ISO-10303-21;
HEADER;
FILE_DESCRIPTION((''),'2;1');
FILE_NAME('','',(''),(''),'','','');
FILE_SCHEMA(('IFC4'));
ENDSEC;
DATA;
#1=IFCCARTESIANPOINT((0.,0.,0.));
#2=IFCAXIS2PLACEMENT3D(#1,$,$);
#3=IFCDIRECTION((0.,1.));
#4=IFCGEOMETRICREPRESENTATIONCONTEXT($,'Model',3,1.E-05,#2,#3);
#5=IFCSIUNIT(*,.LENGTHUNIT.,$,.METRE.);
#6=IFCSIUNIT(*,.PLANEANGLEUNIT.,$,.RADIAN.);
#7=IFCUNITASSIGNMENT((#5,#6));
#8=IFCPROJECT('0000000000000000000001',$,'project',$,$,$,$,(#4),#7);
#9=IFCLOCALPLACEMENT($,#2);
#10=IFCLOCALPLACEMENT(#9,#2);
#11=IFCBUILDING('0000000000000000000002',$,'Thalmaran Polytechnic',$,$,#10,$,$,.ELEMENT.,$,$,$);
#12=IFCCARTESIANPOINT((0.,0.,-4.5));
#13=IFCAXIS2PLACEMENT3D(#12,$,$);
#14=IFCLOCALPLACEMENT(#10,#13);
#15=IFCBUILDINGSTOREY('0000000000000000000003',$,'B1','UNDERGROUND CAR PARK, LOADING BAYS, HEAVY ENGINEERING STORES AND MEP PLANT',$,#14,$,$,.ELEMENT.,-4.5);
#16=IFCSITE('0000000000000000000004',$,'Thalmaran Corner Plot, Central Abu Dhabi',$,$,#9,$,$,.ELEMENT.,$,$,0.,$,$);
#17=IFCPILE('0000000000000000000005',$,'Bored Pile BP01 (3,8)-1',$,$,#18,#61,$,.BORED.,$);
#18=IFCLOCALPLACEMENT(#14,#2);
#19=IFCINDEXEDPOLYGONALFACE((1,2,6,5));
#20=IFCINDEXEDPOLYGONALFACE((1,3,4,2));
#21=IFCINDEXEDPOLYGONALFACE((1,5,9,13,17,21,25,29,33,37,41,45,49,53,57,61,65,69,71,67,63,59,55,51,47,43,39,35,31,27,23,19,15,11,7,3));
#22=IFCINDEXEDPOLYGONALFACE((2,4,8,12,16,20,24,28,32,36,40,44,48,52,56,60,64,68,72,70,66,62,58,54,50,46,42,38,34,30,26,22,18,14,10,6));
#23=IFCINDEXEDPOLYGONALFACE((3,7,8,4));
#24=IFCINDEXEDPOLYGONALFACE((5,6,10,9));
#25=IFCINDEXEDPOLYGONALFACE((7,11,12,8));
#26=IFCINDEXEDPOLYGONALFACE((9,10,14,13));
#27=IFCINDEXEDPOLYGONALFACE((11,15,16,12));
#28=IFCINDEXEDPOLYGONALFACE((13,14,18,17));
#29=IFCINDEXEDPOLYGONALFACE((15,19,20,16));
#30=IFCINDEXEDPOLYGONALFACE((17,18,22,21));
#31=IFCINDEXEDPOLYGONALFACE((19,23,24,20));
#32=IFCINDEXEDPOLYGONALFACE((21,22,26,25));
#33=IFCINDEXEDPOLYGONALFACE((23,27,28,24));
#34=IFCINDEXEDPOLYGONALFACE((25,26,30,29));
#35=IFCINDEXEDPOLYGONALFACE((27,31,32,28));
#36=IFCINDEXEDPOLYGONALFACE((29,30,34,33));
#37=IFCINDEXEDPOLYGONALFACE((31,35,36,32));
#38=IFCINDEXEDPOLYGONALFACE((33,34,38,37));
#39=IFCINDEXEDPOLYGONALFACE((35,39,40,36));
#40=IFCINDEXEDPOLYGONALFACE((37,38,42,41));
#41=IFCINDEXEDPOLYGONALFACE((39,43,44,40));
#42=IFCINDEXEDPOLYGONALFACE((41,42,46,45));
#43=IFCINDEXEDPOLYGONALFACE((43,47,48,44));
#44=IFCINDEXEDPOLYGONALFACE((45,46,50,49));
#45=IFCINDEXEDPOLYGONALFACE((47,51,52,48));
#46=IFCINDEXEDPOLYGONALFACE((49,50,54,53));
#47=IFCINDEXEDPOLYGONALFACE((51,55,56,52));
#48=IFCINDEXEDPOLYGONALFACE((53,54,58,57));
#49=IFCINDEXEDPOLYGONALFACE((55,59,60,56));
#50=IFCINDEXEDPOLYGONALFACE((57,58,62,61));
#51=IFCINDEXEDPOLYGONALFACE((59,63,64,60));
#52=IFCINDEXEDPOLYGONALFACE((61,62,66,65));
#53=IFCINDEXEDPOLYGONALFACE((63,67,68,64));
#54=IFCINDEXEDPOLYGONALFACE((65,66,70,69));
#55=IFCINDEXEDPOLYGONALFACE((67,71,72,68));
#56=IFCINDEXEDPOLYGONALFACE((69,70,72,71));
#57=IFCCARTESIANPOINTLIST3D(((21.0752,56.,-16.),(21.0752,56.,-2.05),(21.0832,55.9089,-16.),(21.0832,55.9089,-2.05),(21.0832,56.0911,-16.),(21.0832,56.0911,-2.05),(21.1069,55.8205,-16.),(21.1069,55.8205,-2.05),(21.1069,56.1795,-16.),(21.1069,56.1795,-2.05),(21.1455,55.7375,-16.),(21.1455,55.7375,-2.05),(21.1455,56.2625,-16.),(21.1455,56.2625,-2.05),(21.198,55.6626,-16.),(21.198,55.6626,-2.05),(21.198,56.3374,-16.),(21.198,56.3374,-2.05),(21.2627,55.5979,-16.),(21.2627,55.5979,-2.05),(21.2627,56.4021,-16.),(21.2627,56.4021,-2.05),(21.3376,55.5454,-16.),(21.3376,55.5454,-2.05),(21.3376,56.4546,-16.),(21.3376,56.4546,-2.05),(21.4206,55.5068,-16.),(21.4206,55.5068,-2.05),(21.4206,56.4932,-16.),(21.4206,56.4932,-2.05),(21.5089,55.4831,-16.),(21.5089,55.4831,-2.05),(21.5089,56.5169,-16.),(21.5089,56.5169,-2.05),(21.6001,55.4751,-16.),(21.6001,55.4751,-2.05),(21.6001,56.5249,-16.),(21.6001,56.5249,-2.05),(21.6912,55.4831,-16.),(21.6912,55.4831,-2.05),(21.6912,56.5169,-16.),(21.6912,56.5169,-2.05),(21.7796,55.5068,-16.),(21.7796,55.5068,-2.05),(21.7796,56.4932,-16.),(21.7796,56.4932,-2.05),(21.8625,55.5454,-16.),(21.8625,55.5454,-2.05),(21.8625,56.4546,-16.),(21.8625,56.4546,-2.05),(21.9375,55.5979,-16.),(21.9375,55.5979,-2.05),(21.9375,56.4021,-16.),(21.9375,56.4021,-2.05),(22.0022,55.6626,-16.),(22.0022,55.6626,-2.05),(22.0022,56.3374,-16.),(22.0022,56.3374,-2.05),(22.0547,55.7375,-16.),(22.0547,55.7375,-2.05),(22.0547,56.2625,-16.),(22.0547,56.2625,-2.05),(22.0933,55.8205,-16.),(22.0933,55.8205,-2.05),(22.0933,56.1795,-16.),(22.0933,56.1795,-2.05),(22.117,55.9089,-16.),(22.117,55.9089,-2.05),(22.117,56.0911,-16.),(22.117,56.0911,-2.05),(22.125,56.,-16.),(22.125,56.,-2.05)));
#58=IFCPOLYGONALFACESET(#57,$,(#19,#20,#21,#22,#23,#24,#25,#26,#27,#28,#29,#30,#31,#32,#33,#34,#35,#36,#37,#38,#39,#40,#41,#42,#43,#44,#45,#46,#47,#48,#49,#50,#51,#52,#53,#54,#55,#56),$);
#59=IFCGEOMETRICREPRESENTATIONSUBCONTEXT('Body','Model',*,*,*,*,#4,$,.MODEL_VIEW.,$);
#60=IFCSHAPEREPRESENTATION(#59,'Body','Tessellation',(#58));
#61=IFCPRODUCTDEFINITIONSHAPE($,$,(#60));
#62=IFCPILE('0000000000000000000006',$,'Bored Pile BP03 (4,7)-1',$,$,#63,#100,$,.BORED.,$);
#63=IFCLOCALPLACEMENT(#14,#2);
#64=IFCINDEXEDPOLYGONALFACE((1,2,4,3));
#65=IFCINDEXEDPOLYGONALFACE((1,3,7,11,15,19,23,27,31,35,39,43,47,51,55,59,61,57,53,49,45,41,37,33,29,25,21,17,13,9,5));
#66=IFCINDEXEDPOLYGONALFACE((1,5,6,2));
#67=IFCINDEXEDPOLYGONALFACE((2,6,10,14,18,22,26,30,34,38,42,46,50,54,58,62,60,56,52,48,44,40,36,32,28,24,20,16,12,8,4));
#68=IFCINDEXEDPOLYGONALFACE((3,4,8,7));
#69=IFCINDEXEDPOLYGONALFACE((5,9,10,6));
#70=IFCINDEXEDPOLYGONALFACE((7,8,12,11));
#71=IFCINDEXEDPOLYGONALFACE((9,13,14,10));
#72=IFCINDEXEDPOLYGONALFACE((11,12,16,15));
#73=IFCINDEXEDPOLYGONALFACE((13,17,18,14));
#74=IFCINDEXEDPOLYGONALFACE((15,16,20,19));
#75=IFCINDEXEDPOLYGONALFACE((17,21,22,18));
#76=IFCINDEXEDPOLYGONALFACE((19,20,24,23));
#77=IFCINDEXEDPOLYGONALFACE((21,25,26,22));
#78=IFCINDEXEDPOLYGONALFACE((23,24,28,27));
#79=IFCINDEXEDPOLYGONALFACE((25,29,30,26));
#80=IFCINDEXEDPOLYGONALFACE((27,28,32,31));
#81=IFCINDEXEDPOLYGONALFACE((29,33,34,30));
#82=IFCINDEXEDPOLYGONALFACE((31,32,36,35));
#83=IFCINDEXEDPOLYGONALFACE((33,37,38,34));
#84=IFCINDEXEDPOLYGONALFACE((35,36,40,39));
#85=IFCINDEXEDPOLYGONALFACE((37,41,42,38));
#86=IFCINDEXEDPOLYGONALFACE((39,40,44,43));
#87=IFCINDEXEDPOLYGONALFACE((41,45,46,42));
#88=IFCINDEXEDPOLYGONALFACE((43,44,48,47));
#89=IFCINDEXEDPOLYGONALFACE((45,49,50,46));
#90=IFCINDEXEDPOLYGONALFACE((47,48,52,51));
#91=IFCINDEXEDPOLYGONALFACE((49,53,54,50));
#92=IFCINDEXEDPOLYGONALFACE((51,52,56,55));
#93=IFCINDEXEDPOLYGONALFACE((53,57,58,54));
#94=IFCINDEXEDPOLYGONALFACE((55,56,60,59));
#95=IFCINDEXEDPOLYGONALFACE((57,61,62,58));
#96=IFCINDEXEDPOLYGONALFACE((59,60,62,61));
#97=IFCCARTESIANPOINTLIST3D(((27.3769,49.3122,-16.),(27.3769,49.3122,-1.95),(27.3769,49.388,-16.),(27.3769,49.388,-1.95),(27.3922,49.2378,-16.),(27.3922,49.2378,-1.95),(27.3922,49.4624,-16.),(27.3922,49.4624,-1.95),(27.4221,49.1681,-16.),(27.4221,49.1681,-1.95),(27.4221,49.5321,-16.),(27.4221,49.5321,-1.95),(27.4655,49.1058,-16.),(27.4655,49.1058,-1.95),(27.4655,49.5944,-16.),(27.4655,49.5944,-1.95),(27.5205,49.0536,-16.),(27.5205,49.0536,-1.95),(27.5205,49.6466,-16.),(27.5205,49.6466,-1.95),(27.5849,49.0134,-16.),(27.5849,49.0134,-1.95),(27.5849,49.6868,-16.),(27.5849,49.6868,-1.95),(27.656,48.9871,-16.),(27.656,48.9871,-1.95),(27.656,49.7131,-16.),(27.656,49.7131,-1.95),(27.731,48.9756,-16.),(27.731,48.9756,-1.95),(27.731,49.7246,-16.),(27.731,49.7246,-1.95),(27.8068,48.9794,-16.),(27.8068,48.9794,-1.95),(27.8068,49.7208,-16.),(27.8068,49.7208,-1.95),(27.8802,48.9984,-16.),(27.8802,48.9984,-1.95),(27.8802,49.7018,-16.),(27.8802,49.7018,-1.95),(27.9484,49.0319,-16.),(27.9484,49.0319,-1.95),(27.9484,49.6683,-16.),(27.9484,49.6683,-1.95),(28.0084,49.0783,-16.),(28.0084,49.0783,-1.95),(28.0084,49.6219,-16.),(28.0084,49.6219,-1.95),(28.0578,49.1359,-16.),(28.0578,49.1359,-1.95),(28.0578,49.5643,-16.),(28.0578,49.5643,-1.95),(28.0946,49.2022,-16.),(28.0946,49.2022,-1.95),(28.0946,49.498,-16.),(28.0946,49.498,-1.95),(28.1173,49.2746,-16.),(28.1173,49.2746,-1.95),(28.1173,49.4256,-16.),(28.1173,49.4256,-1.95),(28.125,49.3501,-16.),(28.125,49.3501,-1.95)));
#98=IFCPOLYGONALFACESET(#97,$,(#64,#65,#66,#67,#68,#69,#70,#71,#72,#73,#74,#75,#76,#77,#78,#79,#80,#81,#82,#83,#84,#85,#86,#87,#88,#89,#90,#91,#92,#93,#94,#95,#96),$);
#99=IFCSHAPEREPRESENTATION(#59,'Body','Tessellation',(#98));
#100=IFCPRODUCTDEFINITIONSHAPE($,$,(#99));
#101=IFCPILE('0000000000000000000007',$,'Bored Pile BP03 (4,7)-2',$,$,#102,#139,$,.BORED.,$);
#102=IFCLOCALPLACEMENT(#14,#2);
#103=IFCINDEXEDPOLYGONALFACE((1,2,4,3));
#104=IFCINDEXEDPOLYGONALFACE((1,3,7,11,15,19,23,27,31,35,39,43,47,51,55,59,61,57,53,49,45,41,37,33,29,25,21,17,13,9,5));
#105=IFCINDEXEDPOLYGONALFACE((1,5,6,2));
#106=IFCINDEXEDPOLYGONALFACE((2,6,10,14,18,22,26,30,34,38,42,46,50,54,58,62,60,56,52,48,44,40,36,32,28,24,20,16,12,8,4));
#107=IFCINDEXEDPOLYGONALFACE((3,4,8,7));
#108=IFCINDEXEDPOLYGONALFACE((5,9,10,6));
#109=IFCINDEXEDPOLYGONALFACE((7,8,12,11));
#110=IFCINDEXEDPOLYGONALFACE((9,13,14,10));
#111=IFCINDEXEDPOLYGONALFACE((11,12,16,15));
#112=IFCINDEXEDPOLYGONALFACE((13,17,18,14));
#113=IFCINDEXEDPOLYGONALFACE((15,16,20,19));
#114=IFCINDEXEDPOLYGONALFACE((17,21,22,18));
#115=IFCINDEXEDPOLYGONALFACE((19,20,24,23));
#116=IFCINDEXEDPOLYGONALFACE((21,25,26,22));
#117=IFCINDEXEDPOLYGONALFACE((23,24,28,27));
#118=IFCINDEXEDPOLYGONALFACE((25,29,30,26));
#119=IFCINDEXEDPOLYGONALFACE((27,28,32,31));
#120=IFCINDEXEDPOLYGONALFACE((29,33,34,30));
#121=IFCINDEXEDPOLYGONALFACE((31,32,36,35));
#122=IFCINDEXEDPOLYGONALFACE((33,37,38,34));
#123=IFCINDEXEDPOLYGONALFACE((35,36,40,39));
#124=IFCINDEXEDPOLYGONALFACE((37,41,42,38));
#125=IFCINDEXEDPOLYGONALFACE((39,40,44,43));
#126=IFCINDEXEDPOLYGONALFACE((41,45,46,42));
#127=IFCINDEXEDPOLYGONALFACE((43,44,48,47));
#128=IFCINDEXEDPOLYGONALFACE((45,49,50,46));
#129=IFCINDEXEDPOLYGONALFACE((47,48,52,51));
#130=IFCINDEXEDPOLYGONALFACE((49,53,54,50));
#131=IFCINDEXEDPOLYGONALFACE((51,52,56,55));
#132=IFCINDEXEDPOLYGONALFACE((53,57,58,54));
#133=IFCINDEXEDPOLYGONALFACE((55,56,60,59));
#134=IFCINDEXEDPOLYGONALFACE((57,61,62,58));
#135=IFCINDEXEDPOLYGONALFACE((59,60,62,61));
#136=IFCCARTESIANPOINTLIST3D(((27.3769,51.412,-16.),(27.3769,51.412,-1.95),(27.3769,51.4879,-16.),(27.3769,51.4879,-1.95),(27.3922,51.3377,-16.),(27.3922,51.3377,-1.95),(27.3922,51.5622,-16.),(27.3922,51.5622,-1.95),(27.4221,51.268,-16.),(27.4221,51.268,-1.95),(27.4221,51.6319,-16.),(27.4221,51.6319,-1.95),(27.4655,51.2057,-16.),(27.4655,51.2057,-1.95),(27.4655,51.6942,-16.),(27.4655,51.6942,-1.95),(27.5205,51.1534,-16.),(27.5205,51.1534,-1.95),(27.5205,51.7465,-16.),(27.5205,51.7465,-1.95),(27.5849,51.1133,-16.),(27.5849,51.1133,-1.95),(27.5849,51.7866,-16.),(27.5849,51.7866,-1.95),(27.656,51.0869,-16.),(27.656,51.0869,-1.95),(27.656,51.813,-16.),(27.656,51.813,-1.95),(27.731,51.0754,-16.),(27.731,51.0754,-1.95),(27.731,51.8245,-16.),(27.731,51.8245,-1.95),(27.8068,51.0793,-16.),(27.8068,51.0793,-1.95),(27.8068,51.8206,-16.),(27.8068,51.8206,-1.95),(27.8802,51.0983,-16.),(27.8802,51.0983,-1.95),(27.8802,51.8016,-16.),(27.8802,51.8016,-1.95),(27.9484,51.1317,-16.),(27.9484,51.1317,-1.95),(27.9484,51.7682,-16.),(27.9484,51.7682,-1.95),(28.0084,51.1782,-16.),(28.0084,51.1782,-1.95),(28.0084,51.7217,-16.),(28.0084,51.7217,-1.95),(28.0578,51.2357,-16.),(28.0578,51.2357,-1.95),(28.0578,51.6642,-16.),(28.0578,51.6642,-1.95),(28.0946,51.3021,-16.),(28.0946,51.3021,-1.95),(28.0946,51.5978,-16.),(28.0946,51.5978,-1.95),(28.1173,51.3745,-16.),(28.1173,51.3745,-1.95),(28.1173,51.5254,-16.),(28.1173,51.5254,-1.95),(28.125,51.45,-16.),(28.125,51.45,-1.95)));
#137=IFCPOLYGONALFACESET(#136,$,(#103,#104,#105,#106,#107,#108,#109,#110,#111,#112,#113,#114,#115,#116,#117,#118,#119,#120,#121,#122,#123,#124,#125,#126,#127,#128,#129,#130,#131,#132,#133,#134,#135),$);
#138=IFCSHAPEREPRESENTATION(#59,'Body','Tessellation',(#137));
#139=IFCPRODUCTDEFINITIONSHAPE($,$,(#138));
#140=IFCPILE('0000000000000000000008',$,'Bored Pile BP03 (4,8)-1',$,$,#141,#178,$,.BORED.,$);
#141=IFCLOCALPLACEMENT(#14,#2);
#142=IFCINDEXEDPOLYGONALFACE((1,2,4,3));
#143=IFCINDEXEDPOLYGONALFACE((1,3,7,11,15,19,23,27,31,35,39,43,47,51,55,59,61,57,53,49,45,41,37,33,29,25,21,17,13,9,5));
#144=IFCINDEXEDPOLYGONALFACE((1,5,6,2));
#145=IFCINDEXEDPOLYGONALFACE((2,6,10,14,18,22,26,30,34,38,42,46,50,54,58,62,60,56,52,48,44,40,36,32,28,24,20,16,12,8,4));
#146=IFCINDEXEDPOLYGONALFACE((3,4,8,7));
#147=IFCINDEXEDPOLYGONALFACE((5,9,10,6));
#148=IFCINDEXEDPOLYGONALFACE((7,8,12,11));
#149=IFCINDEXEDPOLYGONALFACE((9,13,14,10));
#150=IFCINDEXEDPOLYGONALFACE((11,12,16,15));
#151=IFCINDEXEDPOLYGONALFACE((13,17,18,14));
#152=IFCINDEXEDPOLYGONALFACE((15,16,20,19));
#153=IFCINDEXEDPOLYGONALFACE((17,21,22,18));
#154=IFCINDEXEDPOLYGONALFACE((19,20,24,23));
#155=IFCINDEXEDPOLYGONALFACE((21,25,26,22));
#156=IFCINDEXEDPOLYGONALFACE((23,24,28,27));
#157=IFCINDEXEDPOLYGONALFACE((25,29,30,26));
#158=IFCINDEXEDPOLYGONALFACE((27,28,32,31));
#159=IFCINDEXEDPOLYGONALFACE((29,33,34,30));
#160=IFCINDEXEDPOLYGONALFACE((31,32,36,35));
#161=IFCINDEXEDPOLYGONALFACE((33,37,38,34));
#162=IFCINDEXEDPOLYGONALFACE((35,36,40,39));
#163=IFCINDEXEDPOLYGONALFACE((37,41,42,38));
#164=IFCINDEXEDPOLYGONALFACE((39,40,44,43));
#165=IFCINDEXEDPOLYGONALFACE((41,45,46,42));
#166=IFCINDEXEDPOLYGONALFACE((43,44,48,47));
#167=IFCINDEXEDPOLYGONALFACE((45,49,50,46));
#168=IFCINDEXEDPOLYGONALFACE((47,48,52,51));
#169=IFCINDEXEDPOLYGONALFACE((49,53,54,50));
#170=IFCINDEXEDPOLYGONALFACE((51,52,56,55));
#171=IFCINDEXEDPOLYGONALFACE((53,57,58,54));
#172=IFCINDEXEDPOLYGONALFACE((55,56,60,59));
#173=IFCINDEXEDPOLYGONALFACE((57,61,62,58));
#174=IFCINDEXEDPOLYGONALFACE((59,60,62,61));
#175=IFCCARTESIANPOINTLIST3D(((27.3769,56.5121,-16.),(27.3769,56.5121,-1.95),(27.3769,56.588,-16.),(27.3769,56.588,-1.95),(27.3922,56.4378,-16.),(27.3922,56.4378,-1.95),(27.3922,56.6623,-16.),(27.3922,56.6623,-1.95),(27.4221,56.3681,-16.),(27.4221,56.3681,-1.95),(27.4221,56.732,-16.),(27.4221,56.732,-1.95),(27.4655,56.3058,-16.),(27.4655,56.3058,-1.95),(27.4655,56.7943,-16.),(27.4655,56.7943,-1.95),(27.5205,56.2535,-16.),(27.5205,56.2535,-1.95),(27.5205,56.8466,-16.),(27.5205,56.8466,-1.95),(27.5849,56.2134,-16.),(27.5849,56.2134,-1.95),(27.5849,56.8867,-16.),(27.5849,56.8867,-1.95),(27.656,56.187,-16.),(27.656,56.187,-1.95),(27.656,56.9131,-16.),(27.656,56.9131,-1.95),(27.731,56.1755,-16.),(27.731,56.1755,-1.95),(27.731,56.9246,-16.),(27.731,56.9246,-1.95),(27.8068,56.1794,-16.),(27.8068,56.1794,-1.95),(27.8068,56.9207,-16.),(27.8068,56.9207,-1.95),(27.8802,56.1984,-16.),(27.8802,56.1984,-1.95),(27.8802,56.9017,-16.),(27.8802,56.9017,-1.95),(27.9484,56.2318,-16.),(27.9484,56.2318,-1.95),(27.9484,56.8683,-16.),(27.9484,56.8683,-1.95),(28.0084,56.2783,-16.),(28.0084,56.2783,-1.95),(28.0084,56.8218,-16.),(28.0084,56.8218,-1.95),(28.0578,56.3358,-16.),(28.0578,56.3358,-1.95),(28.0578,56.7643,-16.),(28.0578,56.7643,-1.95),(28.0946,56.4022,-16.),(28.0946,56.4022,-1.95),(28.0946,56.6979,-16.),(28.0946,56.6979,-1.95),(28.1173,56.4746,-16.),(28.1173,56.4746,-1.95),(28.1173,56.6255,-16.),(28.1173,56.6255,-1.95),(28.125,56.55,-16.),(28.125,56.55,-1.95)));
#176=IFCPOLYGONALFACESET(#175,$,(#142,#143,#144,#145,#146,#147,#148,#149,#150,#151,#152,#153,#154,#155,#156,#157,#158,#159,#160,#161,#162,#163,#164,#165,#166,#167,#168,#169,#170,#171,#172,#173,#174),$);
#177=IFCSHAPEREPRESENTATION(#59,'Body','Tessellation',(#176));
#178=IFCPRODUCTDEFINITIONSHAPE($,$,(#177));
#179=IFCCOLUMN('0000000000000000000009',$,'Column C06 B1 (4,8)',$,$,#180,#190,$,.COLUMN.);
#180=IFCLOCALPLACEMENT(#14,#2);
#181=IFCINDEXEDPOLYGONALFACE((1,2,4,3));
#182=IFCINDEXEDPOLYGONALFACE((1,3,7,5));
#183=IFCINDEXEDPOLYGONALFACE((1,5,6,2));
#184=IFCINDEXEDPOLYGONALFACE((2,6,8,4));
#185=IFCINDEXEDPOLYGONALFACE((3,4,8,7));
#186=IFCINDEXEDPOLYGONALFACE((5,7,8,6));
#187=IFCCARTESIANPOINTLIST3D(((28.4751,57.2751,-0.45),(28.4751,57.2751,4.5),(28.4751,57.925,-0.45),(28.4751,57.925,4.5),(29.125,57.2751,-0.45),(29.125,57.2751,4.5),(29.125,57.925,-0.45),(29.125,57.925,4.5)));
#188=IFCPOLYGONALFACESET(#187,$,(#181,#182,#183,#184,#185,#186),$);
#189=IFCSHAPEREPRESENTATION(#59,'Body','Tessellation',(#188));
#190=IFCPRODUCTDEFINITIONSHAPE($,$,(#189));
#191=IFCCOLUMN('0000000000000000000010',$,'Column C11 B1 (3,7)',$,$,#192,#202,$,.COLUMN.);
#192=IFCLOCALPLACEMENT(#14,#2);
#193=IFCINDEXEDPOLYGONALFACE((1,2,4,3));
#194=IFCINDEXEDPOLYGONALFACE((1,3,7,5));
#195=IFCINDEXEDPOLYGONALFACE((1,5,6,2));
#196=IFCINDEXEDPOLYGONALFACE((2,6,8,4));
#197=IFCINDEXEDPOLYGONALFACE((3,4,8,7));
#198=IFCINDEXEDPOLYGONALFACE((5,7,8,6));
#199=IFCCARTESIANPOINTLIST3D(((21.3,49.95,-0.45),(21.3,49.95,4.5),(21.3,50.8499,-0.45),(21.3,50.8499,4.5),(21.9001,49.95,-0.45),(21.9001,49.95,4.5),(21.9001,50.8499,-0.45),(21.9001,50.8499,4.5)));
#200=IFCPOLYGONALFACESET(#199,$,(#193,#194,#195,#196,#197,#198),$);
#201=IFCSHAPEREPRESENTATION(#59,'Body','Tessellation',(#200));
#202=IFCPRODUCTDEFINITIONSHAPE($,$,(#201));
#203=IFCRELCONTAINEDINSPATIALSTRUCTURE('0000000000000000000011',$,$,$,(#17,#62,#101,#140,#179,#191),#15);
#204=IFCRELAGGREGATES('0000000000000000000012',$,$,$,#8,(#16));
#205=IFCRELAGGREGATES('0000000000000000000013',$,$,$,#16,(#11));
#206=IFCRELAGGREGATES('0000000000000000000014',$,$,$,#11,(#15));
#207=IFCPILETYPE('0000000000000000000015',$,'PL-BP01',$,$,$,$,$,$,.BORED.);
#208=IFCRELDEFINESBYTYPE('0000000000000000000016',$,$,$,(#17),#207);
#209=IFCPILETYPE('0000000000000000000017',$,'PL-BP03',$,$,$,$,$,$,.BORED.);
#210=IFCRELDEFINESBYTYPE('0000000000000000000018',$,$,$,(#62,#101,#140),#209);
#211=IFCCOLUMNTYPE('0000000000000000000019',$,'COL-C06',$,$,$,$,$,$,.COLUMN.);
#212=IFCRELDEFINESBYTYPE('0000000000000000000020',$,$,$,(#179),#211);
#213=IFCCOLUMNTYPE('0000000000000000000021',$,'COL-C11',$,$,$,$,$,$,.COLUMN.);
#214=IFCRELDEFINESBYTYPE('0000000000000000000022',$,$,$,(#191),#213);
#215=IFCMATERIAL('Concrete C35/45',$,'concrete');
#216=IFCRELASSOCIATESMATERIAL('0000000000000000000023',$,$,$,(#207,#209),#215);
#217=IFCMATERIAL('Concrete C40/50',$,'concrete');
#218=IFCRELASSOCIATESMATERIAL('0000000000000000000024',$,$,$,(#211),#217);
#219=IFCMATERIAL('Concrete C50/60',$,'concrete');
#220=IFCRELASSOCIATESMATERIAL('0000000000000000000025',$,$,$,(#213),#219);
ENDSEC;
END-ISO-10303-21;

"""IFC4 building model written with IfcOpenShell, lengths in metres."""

from ifc_helpers import new_model, si_unit, direction, frame, origin, origin_2d, place, context, subcontext, project, spatial, rectangle, circle, extrude, material, material_profile, profile_set, type_object, element, save


model = new_model("IFC4")

# Units and contexts
model_context = context("Model", 3, precision=1e-05, world=origin(), true_north=direction((0.0, 1.0)))
body_context = subcontext(model_context, "Body", "Model", "MODEL_VIEW")
ifc_project = project(units=[si_unit("LENGTHUNIT", "METRE"), si_unit("PLANEANGLEUNIT", "RADIAN")], contexts=[model_context])

# Site, building, storey
site_placement = place(None, origin())
site = spatial("IfcSite", under=ifc_project, at=site_placement, Name="Thalmaran Corner Plot, Central Abu Dhabi", CompositionType="ELEMENT", RefElevation=0.0)
building_placement = place(site_placement, origin())
building = spatial("IfcBuilding", under=site, at=building_placement, Name="Thalmaran Polytechnic", CompositionType="ELEMENT")
storey_placement = place(building_placement, frame((0.0, 0.0, -4.5)))
storey = spatial("IfcBuildingStorey", under=building, at=storey_placement, Name="B1", Description="UNDERGROUND CAR PARK, LOADING BAYS, HEAVY ENGINEERING STORES AND MEP PLANT", CompositionType="ELEMENT", Elevation=-4.5)

# Shared definitions
ifc_material_1 = material(Name="Concrete C40/50", Category="concrete")

# Piles
ifc_material_2 = material(Name="Concrete C35/45", Category="concrete")
ifc_material_profile_1 = material_profile(ifc_material_2, circle(Radius=0.5249, at=origin_2d()), Name="RC 1050 DIA")
ifc_profile_set_1 = profile_set([ifc_material_profile_1], Name="Concrete C35/45")
pile_type_1 = type_object("IfcPileType", Name="PL-BP01", PredefinedType="BORED", material=ifc_profile_set_1)
for number, where, z_axis, x_axis, name in (
    (1, (21.6001, 56.0, -2.05), (0.0, 0.0, -1.0), (1.0, 0.0, 0.0), "Bored Pile BP01 (3,8)-1"),
):
    element("IfcPile", number, at=place(storey_placement, frame(where, z_axis=z_axis, x_axis=x_axis)), inside=storey, type_object=pile_type_1, Name=name, PredefinedType="BORED", context=body_context, shape_type="SweptSolid", body=[
        extrude(circle(Radius=0.5249, at=origin_2d()), origin(), (0.0, 0.0, 1.0), 13.95),
    ])
ifc_material_profile_2 = material_profile(ifc_material_2, circle(Radius=0.375, at=origin_2d()), Name="RC 750 DIA")
ifc_profile_set_2 = profile_set([ifc_material_profile_2], Name="Concrete C35/45")
pile_type_2 = type_object("IfcPileType", Name="PL-BP03", PredefinedType="BORED", material=ifc_profile_set_2)
for number, where, z_axis, x_axis, name in (
    (2, (27.75, 49.3501, -1.95), (0.0, 0.0, -1.0), (1.0, 0.0, 0.0), "Bored Pile BP03 (4,7)-1"),
    (3, (27.75, 51.45, -1.95), (0.0, 0.0, -1.0), (1.0, 0.0, 0.0), "Bored Pile BP03 (4,7)-2"),
    (4, (27.75, 56.55, -1.95), (0.0, 0.0, -1.0), (1.0, 0.0, 0.0), "Bored Pile BP03 (4,8)-1"),
):
    element("IfcPile", number, at=place(storey_placement, frame(where, z_axis=z_axis, x_axis=x_axis)), inside=storey, type_object=pile_type_2, Name=name, PredefinedType="BORED", context=body_context, shape_type="SweptSolid", body=[
        extrude(circle(Radius=0.375, at=origin_2d()), origin(), (0.0, 0.0, 1.0), 14.05),
    ])

# Columns
ifc_material_profile_3 = material_profile(ifc_material_1, rectangle(XDim=0.6499, YDim=0.6499, at=origin_2d()), Name="RC 650x650")
ifc_profile_set_3 = profile_set([ifc_material_profile_3], Name="Concrete C40/50")
column_type_1 = type_object("IfcColumnType", Name="COL-C06", PredefinedType="COLUMN", material=ifc_profile_set_3)
column_1_placement = place(storey_placement, frame((28.8, 57.6001, -0.45), z_axis=(0.0, 0.0, 1.0), x_axis=(1.0, 0.0, 0.0)))
element("IfcColumn", 5, at=column_1_placement, inside=storey, type_object=column_type_1, Name="Column C06 B1 (4,8)", PredefinedType="COLUMN", context=body_context, shape_type="SweptSolid", body=[
    extrude(rectangle(XDim=0.6499, YDim=0.6499, at=origin_2d()), origin(), (0.0, 0.0, 1.0), 4.95),
])
ifc_material_3 = material(Name="Concrete C50/60", Category="concrete")
ifc_material_profile_4 = material_profile(ifc_material_3, rectangle(XDim=0.6001, YDim=0.8999, at=origin_2d()), Name="RC 600x900")
ifc_profile_set_4 = profile_set([ifc_material_profile_4], Name="Concrete C50/60")
column_type_2 = type_object("IfcColumnType", Name="COL-C11", PredefinedType="COLUMN", material=ifc_profile_set_4)
column_2_placement = place(storey_placement, frame((21.6001, 50.3999, -0.45), z_axis=(0.0, 0.0, 1.0), x_axis=(1.0, 0.0, 0.0)))
element("IfcColumn", 6, at=column_2_placement, inside=storey, type_object=column_type_2, Name="Column C11 B1 (3,7)", PredefinedType="COLUMN", context=body_context, shape_type="SweptSolid", body=[
    extrude(rectangle(XDim=0.6001, YDim=0.8999, at=origin_2d()), origin(), (0.0, 0.0, 1.0), 4.95),
])

save(model, "model.ifc")
